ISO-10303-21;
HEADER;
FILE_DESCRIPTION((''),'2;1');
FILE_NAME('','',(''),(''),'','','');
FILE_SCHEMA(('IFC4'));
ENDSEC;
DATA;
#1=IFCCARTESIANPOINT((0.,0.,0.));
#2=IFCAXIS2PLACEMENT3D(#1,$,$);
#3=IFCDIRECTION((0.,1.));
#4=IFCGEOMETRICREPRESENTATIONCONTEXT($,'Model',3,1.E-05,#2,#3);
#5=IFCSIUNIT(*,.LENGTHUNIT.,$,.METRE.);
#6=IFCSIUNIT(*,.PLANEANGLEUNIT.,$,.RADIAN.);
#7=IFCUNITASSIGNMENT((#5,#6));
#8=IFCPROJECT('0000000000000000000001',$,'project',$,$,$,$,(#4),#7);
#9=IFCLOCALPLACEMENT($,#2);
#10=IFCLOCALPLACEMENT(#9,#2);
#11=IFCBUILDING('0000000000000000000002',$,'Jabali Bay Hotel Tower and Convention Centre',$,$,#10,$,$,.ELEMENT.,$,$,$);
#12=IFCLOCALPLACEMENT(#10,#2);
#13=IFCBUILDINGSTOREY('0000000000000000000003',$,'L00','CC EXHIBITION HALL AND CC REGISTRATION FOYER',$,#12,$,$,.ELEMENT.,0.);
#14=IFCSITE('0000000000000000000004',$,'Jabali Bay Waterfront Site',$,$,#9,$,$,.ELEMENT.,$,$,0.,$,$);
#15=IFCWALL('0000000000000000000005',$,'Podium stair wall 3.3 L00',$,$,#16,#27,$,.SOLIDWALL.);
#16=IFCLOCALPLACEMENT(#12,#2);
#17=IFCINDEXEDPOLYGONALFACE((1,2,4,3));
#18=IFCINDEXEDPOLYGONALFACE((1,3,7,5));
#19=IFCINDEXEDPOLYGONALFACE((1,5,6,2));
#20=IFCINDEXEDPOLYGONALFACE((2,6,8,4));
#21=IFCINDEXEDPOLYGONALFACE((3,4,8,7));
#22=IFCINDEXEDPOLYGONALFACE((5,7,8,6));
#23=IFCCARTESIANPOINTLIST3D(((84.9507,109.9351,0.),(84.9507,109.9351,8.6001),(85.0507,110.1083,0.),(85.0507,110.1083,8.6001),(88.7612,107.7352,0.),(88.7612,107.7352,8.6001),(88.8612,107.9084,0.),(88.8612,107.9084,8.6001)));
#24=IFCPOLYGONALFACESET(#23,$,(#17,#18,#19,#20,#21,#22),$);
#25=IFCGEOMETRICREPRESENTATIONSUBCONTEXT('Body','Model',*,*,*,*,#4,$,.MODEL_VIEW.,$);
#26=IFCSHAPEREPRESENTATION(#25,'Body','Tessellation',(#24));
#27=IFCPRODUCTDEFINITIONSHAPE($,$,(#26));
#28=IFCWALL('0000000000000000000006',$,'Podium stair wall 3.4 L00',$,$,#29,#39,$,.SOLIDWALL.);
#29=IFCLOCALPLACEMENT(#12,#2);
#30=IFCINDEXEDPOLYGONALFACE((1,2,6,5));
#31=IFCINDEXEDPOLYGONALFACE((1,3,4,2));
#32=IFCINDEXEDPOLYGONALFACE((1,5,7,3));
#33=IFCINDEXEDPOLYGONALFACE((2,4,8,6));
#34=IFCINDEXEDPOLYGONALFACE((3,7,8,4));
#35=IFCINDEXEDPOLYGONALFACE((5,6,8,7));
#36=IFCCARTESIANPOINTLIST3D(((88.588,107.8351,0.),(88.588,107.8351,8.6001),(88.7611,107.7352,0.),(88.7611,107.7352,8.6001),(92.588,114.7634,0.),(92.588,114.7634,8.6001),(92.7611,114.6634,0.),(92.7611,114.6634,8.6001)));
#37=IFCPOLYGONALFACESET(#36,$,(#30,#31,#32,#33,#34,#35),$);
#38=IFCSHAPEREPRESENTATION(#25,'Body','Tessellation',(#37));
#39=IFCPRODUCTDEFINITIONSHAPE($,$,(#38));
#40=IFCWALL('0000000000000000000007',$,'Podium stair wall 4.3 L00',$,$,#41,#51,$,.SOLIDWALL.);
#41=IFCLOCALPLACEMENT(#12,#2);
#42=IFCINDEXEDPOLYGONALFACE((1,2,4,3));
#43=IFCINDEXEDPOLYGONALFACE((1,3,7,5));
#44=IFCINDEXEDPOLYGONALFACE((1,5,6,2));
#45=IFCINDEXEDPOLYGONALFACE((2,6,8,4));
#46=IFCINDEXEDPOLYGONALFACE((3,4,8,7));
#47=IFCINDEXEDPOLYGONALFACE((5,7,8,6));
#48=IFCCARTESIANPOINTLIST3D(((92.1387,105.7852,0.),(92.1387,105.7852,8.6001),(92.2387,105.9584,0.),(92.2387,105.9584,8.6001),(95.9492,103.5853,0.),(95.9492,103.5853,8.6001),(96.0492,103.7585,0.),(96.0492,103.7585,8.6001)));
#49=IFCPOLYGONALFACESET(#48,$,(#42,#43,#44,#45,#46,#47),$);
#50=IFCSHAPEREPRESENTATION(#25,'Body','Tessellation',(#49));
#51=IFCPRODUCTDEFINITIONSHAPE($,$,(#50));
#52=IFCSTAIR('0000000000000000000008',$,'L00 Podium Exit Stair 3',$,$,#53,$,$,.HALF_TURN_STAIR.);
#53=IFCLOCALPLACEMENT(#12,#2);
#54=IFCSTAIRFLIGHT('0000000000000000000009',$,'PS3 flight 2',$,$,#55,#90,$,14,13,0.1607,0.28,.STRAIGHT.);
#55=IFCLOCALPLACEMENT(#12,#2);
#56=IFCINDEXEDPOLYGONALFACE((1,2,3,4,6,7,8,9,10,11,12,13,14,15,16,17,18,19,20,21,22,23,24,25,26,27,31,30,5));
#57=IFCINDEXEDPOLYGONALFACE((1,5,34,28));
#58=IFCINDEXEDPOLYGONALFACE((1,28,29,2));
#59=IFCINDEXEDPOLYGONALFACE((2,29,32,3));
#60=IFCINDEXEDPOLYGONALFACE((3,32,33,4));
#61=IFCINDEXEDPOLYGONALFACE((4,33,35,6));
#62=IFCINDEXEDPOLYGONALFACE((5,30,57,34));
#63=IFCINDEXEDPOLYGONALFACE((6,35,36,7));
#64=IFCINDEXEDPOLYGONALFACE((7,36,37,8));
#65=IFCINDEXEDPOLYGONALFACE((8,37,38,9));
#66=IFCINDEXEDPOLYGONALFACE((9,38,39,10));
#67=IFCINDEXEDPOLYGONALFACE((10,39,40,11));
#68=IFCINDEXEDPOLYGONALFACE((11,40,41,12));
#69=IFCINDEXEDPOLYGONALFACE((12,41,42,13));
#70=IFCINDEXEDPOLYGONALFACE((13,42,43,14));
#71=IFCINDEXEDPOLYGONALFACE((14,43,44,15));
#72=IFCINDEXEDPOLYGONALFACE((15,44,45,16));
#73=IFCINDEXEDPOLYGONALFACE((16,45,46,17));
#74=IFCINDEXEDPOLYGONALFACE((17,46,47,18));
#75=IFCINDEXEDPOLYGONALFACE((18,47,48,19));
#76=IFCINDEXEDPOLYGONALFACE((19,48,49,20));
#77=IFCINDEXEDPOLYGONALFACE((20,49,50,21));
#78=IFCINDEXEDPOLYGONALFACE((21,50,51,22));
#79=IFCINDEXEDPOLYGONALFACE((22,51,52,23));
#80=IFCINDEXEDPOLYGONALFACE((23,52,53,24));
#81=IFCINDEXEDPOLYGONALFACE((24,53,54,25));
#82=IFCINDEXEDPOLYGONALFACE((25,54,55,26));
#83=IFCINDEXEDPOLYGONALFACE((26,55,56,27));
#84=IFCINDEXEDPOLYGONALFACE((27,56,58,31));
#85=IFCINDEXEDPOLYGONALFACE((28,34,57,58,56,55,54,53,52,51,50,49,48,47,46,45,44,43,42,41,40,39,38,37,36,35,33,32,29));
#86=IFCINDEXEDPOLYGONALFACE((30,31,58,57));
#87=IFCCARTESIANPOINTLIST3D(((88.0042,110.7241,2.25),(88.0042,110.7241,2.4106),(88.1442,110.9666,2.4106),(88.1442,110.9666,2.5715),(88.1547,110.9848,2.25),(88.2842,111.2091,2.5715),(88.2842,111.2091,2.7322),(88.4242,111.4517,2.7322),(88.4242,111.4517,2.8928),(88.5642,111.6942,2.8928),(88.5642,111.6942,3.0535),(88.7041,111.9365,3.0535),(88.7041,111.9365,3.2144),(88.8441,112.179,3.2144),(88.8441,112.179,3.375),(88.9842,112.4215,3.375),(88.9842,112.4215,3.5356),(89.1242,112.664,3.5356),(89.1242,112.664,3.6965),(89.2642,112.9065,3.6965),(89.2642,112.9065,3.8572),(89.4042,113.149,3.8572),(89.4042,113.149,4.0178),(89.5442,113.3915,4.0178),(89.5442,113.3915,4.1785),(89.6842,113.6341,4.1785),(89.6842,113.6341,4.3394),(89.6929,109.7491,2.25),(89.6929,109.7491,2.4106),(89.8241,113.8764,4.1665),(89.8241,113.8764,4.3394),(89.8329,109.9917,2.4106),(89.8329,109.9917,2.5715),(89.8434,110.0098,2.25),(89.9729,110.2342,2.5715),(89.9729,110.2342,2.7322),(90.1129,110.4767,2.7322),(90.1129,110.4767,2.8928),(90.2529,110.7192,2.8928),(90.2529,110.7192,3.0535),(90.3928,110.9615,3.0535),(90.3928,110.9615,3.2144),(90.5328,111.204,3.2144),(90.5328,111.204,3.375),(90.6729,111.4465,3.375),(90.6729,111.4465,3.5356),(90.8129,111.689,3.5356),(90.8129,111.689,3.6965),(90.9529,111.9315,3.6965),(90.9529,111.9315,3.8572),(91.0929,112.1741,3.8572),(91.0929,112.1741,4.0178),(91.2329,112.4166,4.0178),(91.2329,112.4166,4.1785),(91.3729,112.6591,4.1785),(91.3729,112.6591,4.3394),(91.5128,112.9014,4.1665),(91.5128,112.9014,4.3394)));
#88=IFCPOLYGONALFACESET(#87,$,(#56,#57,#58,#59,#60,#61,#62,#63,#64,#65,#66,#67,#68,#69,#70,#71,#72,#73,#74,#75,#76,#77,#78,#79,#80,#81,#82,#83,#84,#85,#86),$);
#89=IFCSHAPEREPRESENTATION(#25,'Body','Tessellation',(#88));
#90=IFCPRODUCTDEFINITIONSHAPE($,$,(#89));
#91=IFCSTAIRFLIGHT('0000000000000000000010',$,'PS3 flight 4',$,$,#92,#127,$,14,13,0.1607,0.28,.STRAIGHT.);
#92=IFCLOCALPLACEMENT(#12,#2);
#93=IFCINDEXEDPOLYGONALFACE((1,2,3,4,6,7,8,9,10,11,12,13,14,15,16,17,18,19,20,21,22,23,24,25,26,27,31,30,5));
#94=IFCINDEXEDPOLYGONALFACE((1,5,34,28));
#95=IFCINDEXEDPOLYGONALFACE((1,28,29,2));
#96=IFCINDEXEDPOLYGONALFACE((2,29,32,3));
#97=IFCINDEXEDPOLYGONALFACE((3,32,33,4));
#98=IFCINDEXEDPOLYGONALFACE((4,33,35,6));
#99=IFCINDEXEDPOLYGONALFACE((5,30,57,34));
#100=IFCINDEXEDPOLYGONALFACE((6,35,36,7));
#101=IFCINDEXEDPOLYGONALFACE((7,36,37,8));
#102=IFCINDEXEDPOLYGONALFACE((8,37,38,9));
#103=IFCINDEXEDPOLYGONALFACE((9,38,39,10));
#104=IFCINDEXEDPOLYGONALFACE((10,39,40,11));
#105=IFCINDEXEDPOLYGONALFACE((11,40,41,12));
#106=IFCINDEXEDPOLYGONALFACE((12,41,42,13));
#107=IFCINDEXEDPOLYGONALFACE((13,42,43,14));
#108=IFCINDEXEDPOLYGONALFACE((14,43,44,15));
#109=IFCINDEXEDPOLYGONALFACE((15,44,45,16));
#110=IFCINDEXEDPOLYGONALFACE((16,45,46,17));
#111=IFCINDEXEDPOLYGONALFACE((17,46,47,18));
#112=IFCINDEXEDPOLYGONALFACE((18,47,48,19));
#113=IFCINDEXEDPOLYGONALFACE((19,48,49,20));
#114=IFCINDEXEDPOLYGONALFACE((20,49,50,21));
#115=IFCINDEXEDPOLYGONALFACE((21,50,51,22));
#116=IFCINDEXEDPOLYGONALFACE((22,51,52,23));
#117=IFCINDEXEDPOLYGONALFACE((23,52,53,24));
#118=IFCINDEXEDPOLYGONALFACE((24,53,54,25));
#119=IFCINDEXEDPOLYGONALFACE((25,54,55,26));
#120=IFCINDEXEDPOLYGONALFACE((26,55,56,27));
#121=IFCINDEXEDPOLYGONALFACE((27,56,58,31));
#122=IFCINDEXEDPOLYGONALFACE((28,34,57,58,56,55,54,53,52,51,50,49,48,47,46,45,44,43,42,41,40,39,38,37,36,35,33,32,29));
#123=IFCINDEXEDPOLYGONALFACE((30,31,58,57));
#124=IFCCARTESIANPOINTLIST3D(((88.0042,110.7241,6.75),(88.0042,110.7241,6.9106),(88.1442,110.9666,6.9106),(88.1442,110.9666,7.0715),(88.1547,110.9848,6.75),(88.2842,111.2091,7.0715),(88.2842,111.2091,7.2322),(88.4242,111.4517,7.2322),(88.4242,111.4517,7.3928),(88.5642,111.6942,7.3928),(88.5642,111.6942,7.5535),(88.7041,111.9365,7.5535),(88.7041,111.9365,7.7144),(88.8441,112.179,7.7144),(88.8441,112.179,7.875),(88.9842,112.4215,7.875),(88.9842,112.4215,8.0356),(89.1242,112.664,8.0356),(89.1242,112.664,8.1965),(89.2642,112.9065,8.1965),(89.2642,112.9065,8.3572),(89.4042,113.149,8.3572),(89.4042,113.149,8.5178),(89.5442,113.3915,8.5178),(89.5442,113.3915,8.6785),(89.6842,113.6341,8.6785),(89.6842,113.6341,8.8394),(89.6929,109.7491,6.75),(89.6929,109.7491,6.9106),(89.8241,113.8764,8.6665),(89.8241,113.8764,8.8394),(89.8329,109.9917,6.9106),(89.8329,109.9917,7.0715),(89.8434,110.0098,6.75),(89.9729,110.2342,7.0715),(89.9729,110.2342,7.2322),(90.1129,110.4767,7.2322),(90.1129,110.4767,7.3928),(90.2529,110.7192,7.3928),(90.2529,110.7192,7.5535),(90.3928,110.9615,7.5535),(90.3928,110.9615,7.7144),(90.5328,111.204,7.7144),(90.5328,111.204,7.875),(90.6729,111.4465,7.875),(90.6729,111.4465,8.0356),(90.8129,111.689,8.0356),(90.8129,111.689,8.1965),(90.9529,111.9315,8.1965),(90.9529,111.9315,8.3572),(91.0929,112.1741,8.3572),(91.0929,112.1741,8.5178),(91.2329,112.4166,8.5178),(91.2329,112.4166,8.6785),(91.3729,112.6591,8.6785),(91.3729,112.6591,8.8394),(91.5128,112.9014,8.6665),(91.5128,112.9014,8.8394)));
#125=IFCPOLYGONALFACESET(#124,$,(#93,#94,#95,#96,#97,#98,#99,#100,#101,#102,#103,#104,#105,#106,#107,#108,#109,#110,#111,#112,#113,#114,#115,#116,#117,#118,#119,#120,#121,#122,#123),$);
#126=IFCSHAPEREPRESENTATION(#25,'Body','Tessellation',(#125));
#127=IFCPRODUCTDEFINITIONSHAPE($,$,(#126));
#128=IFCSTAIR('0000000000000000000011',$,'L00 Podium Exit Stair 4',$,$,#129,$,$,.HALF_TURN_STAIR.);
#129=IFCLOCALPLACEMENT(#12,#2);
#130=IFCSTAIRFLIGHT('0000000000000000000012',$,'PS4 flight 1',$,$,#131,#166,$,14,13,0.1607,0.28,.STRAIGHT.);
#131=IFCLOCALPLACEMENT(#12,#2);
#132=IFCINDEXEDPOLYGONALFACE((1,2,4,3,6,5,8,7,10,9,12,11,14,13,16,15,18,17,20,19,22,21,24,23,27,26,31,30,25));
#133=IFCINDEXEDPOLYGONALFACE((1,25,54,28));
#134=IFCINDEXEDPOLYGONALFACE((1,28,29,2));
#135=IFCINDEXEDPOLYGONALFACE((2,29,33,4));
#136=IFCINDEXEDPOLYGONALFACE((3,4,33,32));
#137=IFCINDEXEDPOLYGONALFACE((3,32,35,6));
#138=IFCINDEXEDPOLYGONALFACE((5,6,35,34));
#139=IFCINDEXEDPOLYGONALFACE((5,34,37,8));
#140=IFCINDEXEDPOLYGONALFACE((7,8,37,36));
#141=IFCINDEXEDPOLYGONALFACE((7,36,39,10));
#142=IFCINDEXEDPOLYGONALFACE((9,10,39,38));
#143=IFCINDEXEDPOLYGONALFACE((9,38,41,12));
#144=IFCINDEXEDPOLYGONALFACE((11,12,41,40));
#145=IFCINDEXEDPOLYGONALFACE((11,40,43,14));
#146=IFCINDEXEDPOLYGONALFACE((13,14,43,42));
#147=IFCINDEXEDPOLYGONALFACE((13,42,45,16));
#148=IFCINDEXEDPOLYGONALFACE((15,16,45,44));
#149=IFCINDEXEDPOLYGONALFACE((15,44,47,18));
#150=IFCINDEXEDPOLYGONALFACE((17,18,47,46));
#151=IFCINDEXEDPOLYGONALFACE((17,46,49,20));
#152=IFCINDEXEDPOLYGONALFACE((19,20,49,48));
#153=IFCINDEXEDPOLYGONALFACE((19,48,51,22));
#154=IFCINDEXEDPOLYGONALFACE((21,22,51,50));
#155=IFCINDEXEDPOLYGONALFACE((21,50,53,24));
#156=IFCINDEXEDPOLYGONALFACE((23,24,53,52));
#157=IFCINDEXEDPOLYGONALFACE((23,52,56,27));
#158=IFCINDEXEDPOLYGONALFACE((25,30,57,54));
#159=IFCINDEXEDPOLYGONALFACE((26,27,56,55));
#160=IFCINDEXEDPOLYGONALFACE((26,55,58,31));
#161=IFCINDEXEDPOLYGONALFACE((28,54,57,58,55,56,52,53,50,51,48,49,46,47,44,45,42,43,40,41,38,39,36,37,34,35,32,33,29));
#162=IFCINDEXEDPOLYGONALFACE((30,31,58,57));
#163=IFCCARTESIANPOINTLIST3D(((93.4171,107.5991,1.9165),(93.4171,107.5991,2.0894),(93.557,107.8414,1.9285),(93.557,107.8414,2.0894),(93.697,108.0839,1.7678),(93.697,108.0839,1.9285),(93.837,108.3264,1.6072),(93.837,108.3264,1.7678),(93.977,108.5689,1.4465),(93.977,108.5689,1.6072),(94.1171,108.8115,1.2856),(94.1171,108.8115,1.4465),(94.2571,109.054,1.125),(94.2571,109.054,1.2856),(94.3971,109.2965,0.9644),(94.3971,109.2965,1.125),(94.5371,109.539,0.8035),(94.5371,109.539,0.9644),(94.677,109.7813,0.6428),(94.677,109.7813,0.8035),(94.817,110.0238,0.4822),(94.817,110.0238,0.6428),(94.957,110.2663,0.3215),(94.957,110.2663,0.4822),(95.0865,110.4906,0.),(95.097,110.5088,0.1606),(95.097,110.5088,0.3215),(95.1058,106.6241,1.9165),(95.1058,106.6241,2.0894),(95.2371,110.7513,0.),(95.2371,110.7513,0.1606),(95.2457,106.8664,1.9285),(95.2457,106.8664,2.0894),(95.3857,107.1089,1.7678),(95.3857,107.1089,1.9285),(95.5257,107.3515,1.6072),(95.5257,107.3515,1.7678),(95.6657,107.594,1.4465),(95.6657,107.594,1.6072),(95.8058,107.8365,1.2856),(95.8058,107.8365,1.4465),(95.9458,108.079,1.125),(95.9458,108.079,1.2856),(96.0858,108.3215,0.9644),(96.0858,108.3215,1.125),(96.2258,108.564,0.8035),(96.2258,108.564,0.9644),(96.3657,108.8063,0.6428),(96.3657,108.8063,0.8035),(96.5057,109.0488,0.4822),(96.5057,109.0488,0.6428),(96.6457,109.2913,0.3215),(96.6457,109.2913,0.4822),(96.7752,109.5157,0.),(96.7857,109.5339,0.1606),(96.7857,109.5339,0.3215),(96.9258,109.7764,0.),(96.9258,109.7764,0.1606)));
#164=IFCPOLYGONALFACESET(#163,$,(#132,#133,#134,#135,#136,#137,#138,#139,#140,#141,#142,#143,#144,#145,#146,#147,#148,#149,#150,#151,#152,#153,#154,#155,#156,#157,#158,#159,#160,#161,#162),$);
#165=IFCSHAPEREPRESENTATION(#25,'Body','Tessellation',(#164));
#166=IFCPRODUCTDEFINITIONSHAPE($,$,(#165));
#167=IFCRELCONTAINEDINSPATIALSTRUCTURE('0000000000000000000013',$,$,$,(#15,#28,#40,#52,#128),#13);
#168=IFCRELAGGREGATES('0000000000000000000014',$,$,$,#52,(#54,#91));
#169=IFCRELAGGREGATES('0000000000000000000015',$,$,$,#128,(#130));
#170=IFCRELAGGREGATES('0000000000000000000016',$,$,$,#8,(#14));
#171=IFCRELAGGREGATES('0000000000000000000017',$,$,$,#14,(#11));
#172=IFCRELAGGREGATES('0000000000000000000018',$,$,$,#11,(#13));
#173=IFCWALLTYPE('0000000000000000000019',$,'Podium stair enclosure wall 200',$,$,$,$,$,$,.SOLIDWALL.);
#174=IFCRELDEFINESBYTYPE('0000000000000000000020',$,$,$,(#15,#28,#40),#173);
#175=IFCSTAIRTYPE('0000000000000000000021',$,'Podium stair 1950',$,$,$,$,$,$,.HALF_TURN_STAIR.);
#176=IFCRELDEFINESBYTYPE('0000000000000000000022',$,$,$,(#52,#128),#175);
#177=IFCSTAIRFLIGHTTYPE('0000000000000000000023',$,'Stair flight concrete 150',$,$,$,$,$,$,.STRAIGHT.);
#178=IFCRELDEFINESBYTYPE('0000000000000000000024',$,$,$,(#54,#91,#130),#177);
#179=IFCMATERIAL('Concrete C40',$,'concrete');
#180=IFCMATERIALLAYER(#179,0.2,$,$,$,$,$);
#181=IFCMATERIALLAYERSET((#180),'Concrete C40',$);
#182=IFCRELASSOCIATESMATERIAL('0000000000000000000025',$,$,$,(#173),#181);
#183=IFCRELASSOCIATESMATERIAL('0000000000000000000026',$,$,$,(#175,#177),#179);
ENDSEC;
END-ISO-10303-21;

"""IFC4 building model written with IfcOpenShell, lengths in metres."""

from ifc_helpers import new_model, si_unit, direction, frame, frame_2d, origin, place, context, subcontext, project, spatial, polyline, rectangle, outline, extrude, material, layer, layer_set, type_object, element, aggregate, save


model = new_model("IFC4")

# Units and contexts
model_context = context("Model", 3, precision=1e-05, world=origin(), true_north=direction((0.0, 1.0)))
body_context = subcontext(model_context, "Body", "Model", "MODEL_VIEW")
ifc_project = project(units=[si_unit("LENGTHUNIT", "METRE"), si_unit("PLANEANGLEUNIT", "RADIAN")], contexts=[model_context])

# Site, building, storey
site_placement = place(None, origin())
site = spatial("IfcSite", under=ifc_project, at=site_placement, Name="Jabali Bay Waterfront Site", CompositionType="ELEMENT", RefElevation=0.0)
building_placement = place(site_placement, origin())
building = spatial("IfcBuilding", under=site, at=building_placement, Name="Jabali Bay Hotel Tower and Convention Centre", CompositionType="ELEMENT")
storey_placement = place(building_placement, origin())
storey = spatial("IfcBuildingStorey", under=building, at=storey_placement, Name="L00", Description="CC EXHIBITION HALL AND CC REGISTRATION FOYER", CompositionType="ELEMENT", Elevation=0.0)

# Walls
ifc_material_1 = material(Name="Concrete C40", Category="concrete")
ifc_layer = layer(ifc_material_1, 0.2)
ifc_layer_set = layer_set([ifc_layer], Name="Concrete C40")
wall_type = type_object("IfcWallType", Name="Podium stair enclosure wall 200", PredefinedType="SOLIDWALL", material=ifc_layer_set)
wall_1_placement = place(storey_placement, frame((85.0007, 110.0217, 0.0), z_axis=(0.0, 0.0, 1.0), x_axis=(0.866032, -0.499988, 0.0)))
element("IfcWall", 1, at=wall_1_placement, inside=storey, type_object=wall_type, Name="Podium stair wall 3.3 L00", PredefinedType="SOLIDWALL", context=body_context, shape_type="SweptSolid", body=[
    extrude(rectangle(XDim=4.3999, YDim=0.2, at=frame_2d((2.2, 0.0))), origin(), (0.0, 0.0, 1.0), 8.6001),
])
wall_2_placement = place(storey_placement, frame((88.6746, 107.7852, 0.0), z_axis=(0.0, 0.0, 1.0), x_axis=(0.499999, 0.866026, 0.0)))
element("IfcWall", 2, at=wall_2_placement, inside=storey, type_object=wall_type, Name="Podium stair wall 3.4 L00", PredefinedType="SOLIDWALL", context=body_context, shape_type="SweptSolid", body=[
    extrude(rectangle(XDim=8.0, YDim=0.2, at=frame_2d((4.0, 0.0))), origin(), (0.0, 0.0, 1.0), 8.6001),
])
wall_3_placement = place(storey_placement, frame((92.1887, 105.8718, 0.0), z_axis=(0.0, 0.0, 1.0), x_axis=(0.866032, -0.499988, 0.0)))
element("IfcWall", 3, at=wall_3_placement, inside=storey, type_object=wall_type, Name="Podium stair wall 4.3 L00", PredefinedType="SOLIDWALL", context=body_context, shape_type="SweptSolid", body=[
    extrude(rectangle(XDim=4.3999, YDim=0.2, at=frame_2d((2.2, 0.0))), origin(), (0.0, 0.0, 1.0), 8.6001),
])

# Stairs, stair flights
stair_type = type_object("IfcStairType", Name="Podium stair 1950", PredefinedType="HALF_TURN_STAIR", material=ifc_material_1)
stair_1_placement = place(storey_placement, origin())
stair_1 = element("IfcStair", 4, at=stair_1_placement, inside=storey, type_object=stair_type, Name="L00 Podium Exit Stair 3", PredefinedType="HALF_TURN_STAIR")
stair_flight_type = type_object("IfcStairFlightType", Name="Stair flight concrete 150", PredefinedType="STRAIGHT", material=ifc_material_1)
stair_flight_1_placement = place(storey_placement, frame((88.8486, 110.2366, 2.25), z_axis=(0.0, 0.0, 1.0), x_axis=(0.5, 0.866025, 0.0)))
stair_flight_1 = element("IfcStairFlight", 5, at=stair_flight_1_placement, type_object=stair_flight_type, Name="PS3 flight 2", NumberOfRisers=14, NumberOfTreads=13, PredefinedType="STRAIGHT", RiserHeight=0.1607, TreadLength=0.28, context=body_context, shape_type="SweptSolid", body=[
    extrude(outline(polyline([(0.0, 0.0), (0.0, 0.1606), (0.28, 0.1606), (0.28, 0.3215), (0.5601, 0.3215), (0.5601, 0.4822), (0.8401, 0.4822), (0.8401, 0.6428), (1.1201, 0.6428), (1.1201, 0.8035), (1.3999, 0.8035), (1.3999, 0.9644), (1.6799, 0.9644), (1.6799, 1.125), (1.96, 1.125), (1.96, 1.2856), (2.24, 1.2856), (2.24, 1.4465), (2.52, 1.4465), (2.52, 1.6072), (2.8, 1.6072), (2.8, 1.7678), (3.0801, 1.7678), (3.0801, 1.9285), (3.3601, 1.9285), (3.3601, 2.0894), (3.6399, 2.0894), (3.6399, 2.25), (3.6399, 1.9165), (0.301, 0.0), (0.0, 0.0)])), frame((0.0, 0.9751, 0.0), z_axis=(0.0, -1.0, 0.0), x_axis=(1.0, 0.0, 0.0)), (0.0, 0.0, 1.0), 1.95),
])
stair_flight_2_placement = place(storey_placement, frame((88.8486, 110.2366, 6.75), z_axis=(0.0, 0.0, 1.0), x_axis=(0.5, 0.866025, 0.0)))
stair_flight_2 = element("IfcStairFlight", 6, at=stair_flight_2_placement, type_object=stair_flight_type, Name="PS3 flight 4", NumberOfRisers=14, NumberOfTreads=13, PredefinedType="STRAIGHT", RiserHeight=0.1607, TreadLength=0.28, context=body_context, shape_type="SweptSolid", body=[
    extrude(outline(polyline([(0.0, 0.0), (0.0, 0.1606), (0.28, 0.1606), (0.28, 0.3215), (0.5601, 0.3215), (0.5601, 0.4822), (0.8401, 0.4822), (0.8401, 0.6428), (1.1201, 0.6428), (1.1201, 0.8035), (1.3999, 0.8035), (1.3999, 0.9644), (1.6799, 0.9644), (1.6799, 1.125), (1.96, 1.125), (1.96, 1.2856), (2.24, 1.2856), (2.24, 1.4465), (2.52, 1.4465), (2.52, 1.6072), (2.8, 1.6072), (2.8, 1.7678), (3.0801, 1.7678), (3.0801, 1.9285), (3.3601, 1.9285), (3.3601, 2.0894), (3.6399, 2.0894), (3.6399, 2.25), (3.6399, 1.9165), (0.301, 0.0), (0.0, 0.0)])), frame((0.0, 0.9751, 0.0), z_axis=(0.0, -1.0, 0.0), x_axis=(1.0, 0.0, 0.0)), (0.0, 0.0, 1.0), 1.95),
])
aggregate(stair_1, [stair_flight_1, stair_flight_2])
stair_2_placement = place(storey_placement, origin())
stair_2 = element("IfcStair", 7, at=stair_2_placement, inside=storey, type_object=stair_type, Name="L00 Podium Exit Stair 4", PredefinedType="HALF_TURN_STAIR")
stair_flight_3_placement = place(storey_placement, frame((96.0813, 110.2639, 0.0), z_axis=(0.0, 0.0, 1.0), x_axis=(-0.5, -0.866025, 0.0)))
stair_flight_3 = element("IfcStairFlight", 8, at=stair_flight_3_placement, type_object=stair_flight_type, Name="PS4 flight 1", NumberOfRisers=14, NumberOfTreads=13, PredefinedType="STRAIGHT", RiserHeight=0.1607, TreadLength=0.28, context=body_context, shape_type="SweptSolid", body=[
    extrude(outline(polyline([(0.0, 0.0), (0.0, 0.1606), (0.28, 0.1606), (0.28, 0.3215), (0.5601, 0.3215), (0.5601, 0.4822), (0.8401, 0.4822), (0.8401, 0.6428), (1.1201, 0.6428), (1.1201, 0.8035), (1.3999, 0.8035), (1.3999, 0.9644), (1.6799, 0.9644), (1.6799, 1.125), (1.96, 1.125), (1.96, 1.2856), (2.24, 1.2856), (2.24, 1.4465), (2.52, 1.4465), (2.52, 1.6072), (2.8, 1.6072), (2.8, 1.7678), (3.0801, 1.7678), (3.0801, 1.9285), (3.3601, 1.9285), (3.3601, 2.0894), (3.6399, 2.0894), (3.6399, 2.25), (3.6399, 1.9165), (0.301, 0.0), (0.0, 0.0)])), frame((0.0, 0.9751, 0.0), z_axis=(0.0, -1.0, 0.0), x_axis=(1.0, 0.0, 0.0)), (0.0, 0.0, 1.0), 1.95),
])
aggregate(stair_2, [stair_flight_3])

save(model, "model.ifc")
